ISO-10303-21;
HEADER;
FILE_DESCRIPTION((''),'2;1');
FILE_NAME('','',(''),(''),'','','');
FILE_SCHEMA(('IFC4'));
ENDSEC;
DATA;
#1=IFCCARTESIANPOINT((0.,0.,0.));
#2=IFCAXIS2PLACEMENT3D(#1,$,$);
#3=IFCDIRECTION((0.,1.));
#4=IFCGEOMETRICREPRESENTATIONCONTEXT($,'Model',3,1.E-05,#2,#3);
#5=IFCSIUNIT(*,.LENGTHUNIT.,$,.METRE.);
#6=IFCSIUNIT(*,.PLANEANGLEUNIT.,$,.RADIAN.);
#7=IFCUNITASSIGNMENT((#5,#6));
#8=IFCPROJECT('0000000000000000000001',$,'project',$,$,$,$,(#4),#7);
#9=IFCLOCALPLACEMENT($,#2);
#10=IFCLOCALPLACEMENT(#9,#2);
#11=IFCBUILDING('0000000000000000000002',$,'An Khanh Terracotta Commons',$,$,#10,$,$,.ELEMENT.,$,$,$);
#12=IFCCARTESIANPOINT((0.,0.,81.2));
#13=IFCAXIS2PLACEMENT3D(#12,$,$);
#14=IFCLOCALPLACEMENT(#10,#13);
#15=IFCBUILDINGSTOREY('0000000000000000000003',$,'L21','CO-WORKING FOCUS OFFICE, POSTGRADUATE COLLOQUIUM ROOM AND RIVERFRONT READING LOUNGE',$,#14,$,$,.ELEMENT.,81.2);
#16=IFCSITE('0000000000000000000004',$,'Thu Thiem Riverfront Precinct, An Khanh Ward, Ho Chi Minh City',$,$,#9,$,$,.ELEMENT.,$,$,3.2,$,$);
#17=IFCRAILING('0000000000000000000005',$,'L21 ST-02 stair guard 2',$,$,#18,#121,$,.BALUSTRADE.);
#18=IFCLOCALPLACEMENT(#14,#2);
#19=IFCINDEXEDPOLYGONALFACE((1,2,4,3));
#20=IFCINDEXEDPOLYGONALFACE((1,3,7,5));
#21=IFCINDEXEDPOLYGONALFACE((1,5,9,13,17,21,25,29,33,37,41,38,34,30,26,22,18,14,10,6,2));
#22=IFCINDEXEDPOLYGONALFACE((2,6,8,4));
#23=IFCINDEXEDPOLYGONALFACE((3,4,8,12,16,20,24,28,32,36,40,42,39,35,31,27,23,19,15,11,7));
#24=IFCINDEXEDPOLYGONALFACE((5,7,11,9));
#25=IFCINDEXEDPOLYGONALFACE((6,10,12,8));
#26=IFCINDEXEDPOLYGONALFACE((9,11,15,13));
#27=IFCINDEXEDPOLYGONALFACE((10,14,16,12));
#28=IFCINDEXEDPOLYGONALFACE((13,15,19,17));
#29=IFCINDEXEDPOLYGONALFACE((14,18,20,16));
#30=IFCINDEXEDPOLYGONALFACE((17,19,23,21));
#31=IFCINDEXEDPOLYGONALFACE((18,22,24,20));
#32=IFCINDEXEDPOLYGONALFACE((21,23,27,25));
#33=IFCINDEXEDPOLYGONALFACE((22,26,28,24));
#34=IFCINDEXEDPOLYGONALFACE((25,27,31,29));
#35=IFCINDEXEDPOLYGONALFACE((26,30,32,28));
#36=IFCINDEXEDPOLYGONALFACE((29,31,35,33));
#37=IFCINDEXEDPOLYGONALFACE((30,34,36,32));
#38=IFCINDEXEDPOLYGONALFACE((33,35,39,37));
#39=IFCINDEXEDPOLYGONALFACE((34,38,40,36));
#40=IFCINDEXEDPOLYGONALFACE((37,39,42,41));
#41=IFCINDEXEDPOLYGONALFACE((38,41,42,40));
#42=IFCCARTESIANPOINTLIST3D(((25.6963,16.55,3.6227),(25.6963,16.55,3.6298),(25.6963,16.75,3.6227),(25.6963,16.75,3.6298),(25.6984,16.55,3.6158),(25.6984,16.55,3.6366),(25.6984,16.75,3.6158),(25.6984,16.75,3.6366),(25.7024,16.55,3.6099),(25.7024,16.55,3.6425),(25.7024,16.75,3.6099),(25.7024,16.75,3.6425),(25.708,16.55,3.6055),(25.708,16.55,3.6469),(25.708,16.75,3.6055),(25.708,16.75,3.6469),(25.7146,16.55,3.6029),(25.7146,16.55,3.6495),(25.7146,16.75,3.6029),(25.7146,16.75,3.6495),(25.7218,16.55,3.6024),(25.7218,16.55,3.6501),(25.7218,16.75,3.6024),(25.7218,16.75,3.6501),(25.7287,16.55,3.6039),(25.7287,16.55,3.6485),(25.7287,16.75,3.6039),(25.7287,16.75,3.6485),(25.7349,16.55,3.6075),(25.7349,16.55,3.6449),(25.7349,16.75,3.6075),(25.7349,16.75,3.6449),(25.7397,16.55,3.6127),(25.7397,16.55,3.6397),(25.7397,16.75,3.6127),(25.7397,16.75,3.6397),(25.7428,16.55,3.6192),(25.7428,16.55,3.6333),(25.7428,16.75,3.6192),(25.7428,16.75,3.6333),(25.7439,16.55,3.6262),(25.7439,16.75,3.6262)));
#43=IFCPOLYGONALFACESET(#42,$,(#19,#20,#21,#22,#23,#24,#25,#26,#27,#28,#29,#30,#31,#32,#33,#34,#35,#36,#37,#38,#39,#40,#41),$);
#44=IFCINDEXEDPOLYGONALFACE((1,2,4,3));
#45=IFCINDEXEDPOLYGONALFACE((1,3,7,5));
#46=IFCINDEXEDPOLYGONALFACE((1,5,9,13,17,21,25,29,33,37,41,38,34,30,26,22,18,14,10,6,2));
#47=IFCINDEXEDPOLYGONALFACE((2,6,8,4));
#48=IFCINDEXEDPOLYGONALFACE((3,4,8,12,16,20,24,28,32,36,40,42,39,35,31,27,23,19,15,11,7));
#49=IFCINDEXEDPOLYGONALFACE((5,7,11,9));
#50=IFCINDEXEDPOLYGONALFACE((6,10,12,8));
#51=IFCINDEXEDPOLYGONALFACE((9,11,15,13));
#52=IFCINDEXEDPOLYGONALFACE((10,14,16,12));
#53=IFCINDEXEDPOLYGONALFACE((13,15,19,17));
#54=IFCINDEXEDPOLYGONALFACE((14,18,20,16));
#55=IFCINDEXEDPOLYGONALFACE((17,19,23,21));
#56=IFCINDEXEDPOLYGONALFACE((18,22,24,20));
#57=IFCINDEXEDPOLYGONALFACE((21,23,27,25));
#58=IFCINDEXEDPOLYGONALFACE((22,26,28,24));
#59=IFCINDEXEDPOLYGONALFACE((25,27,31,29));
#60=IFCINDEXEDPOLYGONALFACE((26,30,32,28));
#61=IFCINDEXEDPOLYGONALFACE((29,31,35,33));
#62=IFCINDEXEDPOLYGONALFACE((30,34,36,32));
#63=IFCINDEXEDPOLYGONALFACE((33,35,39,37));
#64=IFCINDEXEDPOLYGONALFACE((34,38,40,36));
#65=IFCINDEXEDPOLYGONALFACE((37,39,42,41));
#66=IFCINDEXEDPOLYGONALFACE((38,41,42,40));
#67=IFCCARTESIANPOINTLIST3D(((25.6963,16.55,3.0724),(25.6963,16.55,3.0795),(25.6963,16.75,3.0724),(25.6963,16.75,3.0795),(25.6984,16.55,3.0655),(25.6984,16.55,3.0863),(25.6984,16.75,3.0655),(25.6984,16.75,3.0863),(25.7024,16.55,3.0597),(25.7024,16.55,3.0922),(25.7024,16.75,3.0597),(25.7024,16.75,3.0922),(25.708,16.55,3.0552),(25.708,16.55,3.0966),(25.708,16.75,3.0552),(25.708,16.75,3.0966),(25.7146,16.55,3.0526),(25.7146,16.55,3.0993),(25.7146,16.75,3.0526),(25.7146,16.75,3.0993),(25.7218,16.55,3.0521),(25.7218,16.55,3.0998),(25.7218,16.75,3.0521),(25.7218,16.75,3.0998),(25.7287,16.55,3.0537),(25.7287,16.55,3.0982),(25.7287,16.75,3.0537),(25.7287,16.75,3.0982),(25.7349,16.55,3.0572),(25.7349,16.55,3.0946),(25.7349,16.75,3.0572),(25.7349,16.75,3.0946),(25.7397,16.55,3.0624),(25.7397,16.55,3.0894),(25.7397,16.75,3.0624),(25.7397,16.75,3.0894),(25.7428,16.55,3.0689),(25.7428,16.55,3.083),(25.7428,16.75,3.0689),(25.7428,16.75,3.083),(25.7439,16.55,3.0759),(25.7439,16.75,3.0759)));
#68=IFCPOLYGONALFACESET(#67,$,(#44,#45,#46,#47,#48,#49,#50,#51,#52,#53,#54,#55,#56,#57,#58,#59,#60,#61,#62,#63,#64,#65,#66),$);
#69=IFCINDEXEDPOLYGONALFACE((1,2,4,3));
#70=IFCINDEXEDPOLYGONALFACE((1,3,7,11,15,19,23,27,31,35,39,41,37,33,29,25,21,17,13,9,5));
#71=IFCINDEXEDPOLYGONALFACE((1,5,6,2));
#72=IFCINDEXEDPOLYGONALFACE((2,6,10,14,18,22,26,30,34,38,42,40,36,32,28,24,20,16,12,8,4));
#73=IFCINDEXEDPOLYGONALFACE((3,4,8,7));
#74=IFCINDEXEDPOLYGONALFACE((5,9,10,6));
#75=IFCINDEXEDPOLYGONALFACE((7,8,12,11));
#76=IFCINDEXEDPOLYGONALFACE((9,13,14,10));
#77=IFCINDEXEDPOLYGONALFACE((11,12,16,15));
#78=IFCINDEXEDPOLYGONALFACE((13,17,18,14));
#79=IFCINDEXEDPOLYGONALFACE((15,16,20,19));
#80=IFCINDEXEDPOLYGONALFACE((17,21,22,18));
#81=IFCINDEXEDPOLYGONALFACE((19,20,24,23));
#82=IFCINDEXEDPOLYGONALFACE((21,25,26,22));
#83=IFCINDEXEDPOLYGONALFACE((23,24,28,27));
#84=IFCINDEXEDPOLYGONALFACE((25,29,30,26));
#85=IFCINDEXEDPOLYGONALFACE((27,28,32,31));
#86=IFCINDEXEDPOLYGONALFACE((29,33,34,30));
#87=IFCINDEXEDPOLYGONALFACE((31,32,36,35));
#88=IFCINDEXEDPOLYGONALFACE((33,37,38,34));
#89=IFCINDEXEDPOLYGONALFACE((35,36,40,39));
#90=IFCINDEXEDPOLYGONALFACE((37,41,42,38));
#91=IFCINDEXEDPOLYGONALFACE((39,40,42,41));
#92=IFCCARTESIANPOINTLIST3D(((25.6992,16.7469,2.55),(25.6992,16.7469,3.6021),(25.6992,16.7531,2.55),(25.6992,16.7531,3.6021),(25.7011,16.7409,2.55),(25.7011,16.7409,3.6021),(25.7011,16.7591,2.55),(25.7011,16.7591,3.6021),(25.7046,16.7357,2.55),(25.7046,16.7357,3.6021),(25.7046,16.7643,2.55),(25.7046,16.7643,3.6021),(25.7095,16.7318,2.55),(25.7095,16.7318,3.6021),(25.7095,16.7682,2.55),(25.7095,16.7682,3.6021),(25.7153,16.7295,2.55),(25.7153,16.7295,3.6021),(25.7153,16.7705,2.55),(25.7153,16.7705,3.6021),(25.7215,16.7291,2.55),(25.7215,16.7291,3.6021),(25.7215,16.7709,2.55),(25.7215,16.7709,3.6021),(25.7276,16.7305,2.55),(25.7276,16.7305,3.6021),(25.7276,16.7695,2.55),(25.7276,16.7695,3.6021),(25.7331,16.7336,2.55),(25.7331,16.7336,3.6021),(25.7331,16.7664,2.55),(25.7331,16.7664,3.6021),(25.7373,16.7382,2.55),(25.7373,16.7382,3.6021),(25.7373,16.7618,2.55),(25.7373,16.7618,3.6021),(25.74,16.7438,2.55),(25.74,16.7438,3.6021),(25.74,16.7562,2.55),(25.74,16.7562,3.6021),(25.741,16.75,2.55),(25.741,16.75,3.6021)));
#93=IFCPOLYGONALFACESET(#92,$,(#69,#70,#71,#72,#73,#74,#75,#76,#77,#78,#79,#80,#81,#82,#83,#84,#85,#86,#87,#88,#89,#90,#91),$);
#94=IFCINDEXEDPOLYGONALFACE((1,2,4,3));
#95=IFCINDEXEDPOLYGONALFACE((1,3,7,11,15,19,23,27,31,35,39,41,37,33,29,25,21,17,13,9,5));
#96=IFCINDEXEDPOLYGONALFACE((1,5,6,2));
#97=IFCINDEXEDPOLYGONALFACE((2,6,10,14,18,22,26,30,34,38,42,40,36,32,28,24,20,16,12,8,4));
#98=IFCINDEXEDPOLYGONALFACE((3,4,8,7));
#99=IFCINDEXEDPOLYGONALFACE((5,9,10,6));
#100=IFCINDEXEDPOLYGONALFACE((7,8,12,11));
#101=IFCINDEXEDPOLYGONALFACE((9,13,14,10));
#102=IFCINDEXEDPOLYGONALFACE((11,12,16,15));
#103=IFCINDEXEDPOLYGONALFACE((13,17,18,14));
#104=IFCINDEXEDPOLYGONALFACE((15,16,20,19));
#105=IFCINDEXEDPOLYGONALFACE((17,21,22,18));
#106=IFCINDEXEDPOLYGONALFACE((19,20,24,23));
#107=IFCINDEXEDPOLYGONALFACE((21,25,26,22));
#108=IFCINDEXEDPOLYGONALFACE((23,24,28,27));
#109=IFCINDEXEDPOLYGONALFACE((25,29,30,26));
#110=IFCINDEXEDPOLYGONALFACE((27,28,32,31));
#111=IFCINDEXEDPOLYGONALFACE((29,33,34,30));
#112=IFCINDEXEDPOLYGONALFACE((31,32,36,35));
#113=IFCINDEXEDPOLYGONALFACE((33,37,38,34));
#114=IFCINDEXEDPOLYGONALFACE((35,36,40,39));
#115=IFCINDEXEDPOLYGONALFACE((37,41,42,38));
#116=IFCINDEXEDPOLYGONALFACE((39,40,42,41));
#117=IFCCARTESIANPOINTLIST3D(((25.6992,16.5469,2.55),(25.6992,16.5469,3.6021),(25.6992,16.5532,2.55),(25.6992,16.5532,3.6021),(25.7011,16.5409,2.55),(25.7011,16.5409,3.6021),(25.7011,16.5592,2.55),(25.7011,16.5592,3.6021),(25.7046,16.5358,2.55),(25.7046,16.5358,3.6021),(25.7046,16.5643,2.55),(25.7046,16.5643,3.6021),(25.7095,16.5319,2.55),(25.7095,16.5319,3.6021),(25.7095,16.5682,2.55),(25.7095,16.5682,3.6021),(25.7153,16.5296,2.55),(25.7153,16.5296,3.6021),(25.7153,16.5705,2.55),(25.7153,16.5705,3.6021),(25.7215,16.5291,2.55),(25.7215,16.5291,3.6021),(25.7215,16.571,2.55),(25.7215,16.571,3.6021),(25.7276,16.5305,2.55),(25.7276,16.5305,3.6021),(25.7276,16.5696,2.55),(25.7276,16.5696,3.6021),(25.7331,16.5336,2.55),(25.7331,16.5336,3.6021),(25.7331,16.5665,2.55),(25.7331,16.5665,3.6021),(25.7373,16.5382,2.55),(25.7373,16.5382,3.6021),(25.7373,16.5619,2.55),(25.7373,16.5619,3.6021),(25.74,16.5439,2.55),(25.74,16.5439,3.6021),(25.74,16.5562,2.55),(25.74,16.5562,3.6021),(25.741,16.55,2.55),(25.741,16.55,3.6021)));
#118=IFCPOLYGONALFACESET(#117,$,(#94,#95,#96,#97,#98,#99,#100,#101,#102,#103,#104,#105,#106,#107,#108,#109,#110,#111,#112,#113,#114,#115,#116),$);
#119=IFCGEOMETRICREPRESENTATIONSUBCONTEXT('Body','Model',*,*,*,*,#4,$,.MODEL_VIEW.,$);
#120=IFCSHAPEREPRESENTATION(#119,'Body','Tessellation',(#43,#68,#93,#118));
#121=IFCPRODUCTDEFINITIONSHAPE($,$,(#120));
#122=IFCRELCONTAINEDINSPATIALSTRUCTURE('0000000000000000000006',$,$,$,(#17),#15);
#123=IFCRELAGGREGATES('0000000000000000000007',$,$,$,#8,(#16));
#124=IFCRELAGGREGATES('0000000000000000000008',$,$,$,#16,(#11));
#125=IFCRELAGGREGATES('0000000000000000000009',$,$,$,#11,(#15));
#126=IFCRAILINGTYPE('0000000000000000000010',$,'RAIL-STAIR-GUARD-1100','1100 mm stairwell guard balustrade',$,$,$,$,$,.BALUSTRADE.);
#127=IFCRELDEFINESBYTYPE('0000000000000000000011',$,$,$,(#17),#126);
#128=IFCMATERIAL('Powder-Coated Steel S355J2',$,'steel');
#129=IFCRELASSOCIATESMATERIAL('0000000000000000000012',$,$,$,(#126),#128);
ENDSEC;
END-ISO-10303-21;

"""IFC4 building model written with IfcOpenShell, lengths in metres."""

from ifc_helpers import new_model, si_unit, direction, frame, origin, origin_2d, place, context, subcontext, project, spatial, circle, extrude, material, type_object, element, save


model = new_model("IFC4")

# Units and contexts
model_context = context("Model", 3, precision=1e-05, world=origin(), true_north=direction((0.0, 1.0)))
body_context = subcontext(model_context, "Body", "Model", "MODEL_VIEW")
ifc_project = project(units=[si_unit("LENGTHUNIT", "METRE"), si_unit("PLANEANGLEUNIT", "RADIAN")], contexts=[model_context])

# Site, building, storey
site_placement = place(None, origin())
site = spatial("IfcSite", under=ifc_project, at=site_placement, Name="Thu Thiem Riverfront Precinct, An Khanh Ward, Ho Chi Minh City", CompositionType="ELEMENT", RefElevation=3.2)
building_placement = place(site_placement, origin())
building = spatial("IfcBuilding", under=site, at=building_placement, Name="An Khanh Terracotta Commons", CompositionType="ELEMENT")
storey_placement = place(building_placement, frame((0.0, 0.0, 81.2)))
storey = spatial("IfcBuildingStorey", under=building, at=storey_placement, Name="L21", Description="CO-WORKING FOCUS OFFICE, POSTGRADUATE COLLOQUIUM ROOM AND RIVERFRONT READING LOUNGE", CompositionType="ELEMENT", Elevation=81.2)

# Railing
ifc_material_1 = material(Name="Powder-Coated Steel S355J2", Category="steel")
railing_type_1 = type_object("IfcRailingType", Name="RAIL-STAIR-GUARD-1100", Description="1100 mm stairwell guard balustrade", PredefinedType="BALUSTRADE", material=ifc_material_1)
railing_1_placement = place(storey_placement, frame((25.72, 16.75, 2.55)))
element("IfcRailing", 1, at=railing_1_placement, inside=storey, type_object=railing_type_1, Name="L21 ST-02 stair guard 2", PredefinedType="BALUSTRADE", context=body_context, shape_type="SweptSolid", body=[
    extrude(circle(Radius=0.0239, at=origin_2d()), frame((0.0, 0.0, 1.0762), z_axis=(0.0, -1.0, 0.0), x_axis=(1.0, 0.0, 0.0)), (0.0, 0.0, 1.0), 0.2),
    extrude(circle(Radius=0.0239, at=origin_2d()), frame((0.0, 0.0, 0.5259), z_axis=(0.0, -1.0, 0.0), x_axis=(1.0, 0.0, 0.0)), (0.0, 0.0, 1.0), 0.2),
    extrude(circle(Radius=0.021, at=origin_2d()), origin(), (0.0, 0.0, 1.0), 1.052),
    extrude(circle(Radius=0.021, at=origin_2d()), frame((0.0, -0.2, 0.0)), (0.0, 0.0, 1.0), 1.052),
])

save(model, "model.ifc")
